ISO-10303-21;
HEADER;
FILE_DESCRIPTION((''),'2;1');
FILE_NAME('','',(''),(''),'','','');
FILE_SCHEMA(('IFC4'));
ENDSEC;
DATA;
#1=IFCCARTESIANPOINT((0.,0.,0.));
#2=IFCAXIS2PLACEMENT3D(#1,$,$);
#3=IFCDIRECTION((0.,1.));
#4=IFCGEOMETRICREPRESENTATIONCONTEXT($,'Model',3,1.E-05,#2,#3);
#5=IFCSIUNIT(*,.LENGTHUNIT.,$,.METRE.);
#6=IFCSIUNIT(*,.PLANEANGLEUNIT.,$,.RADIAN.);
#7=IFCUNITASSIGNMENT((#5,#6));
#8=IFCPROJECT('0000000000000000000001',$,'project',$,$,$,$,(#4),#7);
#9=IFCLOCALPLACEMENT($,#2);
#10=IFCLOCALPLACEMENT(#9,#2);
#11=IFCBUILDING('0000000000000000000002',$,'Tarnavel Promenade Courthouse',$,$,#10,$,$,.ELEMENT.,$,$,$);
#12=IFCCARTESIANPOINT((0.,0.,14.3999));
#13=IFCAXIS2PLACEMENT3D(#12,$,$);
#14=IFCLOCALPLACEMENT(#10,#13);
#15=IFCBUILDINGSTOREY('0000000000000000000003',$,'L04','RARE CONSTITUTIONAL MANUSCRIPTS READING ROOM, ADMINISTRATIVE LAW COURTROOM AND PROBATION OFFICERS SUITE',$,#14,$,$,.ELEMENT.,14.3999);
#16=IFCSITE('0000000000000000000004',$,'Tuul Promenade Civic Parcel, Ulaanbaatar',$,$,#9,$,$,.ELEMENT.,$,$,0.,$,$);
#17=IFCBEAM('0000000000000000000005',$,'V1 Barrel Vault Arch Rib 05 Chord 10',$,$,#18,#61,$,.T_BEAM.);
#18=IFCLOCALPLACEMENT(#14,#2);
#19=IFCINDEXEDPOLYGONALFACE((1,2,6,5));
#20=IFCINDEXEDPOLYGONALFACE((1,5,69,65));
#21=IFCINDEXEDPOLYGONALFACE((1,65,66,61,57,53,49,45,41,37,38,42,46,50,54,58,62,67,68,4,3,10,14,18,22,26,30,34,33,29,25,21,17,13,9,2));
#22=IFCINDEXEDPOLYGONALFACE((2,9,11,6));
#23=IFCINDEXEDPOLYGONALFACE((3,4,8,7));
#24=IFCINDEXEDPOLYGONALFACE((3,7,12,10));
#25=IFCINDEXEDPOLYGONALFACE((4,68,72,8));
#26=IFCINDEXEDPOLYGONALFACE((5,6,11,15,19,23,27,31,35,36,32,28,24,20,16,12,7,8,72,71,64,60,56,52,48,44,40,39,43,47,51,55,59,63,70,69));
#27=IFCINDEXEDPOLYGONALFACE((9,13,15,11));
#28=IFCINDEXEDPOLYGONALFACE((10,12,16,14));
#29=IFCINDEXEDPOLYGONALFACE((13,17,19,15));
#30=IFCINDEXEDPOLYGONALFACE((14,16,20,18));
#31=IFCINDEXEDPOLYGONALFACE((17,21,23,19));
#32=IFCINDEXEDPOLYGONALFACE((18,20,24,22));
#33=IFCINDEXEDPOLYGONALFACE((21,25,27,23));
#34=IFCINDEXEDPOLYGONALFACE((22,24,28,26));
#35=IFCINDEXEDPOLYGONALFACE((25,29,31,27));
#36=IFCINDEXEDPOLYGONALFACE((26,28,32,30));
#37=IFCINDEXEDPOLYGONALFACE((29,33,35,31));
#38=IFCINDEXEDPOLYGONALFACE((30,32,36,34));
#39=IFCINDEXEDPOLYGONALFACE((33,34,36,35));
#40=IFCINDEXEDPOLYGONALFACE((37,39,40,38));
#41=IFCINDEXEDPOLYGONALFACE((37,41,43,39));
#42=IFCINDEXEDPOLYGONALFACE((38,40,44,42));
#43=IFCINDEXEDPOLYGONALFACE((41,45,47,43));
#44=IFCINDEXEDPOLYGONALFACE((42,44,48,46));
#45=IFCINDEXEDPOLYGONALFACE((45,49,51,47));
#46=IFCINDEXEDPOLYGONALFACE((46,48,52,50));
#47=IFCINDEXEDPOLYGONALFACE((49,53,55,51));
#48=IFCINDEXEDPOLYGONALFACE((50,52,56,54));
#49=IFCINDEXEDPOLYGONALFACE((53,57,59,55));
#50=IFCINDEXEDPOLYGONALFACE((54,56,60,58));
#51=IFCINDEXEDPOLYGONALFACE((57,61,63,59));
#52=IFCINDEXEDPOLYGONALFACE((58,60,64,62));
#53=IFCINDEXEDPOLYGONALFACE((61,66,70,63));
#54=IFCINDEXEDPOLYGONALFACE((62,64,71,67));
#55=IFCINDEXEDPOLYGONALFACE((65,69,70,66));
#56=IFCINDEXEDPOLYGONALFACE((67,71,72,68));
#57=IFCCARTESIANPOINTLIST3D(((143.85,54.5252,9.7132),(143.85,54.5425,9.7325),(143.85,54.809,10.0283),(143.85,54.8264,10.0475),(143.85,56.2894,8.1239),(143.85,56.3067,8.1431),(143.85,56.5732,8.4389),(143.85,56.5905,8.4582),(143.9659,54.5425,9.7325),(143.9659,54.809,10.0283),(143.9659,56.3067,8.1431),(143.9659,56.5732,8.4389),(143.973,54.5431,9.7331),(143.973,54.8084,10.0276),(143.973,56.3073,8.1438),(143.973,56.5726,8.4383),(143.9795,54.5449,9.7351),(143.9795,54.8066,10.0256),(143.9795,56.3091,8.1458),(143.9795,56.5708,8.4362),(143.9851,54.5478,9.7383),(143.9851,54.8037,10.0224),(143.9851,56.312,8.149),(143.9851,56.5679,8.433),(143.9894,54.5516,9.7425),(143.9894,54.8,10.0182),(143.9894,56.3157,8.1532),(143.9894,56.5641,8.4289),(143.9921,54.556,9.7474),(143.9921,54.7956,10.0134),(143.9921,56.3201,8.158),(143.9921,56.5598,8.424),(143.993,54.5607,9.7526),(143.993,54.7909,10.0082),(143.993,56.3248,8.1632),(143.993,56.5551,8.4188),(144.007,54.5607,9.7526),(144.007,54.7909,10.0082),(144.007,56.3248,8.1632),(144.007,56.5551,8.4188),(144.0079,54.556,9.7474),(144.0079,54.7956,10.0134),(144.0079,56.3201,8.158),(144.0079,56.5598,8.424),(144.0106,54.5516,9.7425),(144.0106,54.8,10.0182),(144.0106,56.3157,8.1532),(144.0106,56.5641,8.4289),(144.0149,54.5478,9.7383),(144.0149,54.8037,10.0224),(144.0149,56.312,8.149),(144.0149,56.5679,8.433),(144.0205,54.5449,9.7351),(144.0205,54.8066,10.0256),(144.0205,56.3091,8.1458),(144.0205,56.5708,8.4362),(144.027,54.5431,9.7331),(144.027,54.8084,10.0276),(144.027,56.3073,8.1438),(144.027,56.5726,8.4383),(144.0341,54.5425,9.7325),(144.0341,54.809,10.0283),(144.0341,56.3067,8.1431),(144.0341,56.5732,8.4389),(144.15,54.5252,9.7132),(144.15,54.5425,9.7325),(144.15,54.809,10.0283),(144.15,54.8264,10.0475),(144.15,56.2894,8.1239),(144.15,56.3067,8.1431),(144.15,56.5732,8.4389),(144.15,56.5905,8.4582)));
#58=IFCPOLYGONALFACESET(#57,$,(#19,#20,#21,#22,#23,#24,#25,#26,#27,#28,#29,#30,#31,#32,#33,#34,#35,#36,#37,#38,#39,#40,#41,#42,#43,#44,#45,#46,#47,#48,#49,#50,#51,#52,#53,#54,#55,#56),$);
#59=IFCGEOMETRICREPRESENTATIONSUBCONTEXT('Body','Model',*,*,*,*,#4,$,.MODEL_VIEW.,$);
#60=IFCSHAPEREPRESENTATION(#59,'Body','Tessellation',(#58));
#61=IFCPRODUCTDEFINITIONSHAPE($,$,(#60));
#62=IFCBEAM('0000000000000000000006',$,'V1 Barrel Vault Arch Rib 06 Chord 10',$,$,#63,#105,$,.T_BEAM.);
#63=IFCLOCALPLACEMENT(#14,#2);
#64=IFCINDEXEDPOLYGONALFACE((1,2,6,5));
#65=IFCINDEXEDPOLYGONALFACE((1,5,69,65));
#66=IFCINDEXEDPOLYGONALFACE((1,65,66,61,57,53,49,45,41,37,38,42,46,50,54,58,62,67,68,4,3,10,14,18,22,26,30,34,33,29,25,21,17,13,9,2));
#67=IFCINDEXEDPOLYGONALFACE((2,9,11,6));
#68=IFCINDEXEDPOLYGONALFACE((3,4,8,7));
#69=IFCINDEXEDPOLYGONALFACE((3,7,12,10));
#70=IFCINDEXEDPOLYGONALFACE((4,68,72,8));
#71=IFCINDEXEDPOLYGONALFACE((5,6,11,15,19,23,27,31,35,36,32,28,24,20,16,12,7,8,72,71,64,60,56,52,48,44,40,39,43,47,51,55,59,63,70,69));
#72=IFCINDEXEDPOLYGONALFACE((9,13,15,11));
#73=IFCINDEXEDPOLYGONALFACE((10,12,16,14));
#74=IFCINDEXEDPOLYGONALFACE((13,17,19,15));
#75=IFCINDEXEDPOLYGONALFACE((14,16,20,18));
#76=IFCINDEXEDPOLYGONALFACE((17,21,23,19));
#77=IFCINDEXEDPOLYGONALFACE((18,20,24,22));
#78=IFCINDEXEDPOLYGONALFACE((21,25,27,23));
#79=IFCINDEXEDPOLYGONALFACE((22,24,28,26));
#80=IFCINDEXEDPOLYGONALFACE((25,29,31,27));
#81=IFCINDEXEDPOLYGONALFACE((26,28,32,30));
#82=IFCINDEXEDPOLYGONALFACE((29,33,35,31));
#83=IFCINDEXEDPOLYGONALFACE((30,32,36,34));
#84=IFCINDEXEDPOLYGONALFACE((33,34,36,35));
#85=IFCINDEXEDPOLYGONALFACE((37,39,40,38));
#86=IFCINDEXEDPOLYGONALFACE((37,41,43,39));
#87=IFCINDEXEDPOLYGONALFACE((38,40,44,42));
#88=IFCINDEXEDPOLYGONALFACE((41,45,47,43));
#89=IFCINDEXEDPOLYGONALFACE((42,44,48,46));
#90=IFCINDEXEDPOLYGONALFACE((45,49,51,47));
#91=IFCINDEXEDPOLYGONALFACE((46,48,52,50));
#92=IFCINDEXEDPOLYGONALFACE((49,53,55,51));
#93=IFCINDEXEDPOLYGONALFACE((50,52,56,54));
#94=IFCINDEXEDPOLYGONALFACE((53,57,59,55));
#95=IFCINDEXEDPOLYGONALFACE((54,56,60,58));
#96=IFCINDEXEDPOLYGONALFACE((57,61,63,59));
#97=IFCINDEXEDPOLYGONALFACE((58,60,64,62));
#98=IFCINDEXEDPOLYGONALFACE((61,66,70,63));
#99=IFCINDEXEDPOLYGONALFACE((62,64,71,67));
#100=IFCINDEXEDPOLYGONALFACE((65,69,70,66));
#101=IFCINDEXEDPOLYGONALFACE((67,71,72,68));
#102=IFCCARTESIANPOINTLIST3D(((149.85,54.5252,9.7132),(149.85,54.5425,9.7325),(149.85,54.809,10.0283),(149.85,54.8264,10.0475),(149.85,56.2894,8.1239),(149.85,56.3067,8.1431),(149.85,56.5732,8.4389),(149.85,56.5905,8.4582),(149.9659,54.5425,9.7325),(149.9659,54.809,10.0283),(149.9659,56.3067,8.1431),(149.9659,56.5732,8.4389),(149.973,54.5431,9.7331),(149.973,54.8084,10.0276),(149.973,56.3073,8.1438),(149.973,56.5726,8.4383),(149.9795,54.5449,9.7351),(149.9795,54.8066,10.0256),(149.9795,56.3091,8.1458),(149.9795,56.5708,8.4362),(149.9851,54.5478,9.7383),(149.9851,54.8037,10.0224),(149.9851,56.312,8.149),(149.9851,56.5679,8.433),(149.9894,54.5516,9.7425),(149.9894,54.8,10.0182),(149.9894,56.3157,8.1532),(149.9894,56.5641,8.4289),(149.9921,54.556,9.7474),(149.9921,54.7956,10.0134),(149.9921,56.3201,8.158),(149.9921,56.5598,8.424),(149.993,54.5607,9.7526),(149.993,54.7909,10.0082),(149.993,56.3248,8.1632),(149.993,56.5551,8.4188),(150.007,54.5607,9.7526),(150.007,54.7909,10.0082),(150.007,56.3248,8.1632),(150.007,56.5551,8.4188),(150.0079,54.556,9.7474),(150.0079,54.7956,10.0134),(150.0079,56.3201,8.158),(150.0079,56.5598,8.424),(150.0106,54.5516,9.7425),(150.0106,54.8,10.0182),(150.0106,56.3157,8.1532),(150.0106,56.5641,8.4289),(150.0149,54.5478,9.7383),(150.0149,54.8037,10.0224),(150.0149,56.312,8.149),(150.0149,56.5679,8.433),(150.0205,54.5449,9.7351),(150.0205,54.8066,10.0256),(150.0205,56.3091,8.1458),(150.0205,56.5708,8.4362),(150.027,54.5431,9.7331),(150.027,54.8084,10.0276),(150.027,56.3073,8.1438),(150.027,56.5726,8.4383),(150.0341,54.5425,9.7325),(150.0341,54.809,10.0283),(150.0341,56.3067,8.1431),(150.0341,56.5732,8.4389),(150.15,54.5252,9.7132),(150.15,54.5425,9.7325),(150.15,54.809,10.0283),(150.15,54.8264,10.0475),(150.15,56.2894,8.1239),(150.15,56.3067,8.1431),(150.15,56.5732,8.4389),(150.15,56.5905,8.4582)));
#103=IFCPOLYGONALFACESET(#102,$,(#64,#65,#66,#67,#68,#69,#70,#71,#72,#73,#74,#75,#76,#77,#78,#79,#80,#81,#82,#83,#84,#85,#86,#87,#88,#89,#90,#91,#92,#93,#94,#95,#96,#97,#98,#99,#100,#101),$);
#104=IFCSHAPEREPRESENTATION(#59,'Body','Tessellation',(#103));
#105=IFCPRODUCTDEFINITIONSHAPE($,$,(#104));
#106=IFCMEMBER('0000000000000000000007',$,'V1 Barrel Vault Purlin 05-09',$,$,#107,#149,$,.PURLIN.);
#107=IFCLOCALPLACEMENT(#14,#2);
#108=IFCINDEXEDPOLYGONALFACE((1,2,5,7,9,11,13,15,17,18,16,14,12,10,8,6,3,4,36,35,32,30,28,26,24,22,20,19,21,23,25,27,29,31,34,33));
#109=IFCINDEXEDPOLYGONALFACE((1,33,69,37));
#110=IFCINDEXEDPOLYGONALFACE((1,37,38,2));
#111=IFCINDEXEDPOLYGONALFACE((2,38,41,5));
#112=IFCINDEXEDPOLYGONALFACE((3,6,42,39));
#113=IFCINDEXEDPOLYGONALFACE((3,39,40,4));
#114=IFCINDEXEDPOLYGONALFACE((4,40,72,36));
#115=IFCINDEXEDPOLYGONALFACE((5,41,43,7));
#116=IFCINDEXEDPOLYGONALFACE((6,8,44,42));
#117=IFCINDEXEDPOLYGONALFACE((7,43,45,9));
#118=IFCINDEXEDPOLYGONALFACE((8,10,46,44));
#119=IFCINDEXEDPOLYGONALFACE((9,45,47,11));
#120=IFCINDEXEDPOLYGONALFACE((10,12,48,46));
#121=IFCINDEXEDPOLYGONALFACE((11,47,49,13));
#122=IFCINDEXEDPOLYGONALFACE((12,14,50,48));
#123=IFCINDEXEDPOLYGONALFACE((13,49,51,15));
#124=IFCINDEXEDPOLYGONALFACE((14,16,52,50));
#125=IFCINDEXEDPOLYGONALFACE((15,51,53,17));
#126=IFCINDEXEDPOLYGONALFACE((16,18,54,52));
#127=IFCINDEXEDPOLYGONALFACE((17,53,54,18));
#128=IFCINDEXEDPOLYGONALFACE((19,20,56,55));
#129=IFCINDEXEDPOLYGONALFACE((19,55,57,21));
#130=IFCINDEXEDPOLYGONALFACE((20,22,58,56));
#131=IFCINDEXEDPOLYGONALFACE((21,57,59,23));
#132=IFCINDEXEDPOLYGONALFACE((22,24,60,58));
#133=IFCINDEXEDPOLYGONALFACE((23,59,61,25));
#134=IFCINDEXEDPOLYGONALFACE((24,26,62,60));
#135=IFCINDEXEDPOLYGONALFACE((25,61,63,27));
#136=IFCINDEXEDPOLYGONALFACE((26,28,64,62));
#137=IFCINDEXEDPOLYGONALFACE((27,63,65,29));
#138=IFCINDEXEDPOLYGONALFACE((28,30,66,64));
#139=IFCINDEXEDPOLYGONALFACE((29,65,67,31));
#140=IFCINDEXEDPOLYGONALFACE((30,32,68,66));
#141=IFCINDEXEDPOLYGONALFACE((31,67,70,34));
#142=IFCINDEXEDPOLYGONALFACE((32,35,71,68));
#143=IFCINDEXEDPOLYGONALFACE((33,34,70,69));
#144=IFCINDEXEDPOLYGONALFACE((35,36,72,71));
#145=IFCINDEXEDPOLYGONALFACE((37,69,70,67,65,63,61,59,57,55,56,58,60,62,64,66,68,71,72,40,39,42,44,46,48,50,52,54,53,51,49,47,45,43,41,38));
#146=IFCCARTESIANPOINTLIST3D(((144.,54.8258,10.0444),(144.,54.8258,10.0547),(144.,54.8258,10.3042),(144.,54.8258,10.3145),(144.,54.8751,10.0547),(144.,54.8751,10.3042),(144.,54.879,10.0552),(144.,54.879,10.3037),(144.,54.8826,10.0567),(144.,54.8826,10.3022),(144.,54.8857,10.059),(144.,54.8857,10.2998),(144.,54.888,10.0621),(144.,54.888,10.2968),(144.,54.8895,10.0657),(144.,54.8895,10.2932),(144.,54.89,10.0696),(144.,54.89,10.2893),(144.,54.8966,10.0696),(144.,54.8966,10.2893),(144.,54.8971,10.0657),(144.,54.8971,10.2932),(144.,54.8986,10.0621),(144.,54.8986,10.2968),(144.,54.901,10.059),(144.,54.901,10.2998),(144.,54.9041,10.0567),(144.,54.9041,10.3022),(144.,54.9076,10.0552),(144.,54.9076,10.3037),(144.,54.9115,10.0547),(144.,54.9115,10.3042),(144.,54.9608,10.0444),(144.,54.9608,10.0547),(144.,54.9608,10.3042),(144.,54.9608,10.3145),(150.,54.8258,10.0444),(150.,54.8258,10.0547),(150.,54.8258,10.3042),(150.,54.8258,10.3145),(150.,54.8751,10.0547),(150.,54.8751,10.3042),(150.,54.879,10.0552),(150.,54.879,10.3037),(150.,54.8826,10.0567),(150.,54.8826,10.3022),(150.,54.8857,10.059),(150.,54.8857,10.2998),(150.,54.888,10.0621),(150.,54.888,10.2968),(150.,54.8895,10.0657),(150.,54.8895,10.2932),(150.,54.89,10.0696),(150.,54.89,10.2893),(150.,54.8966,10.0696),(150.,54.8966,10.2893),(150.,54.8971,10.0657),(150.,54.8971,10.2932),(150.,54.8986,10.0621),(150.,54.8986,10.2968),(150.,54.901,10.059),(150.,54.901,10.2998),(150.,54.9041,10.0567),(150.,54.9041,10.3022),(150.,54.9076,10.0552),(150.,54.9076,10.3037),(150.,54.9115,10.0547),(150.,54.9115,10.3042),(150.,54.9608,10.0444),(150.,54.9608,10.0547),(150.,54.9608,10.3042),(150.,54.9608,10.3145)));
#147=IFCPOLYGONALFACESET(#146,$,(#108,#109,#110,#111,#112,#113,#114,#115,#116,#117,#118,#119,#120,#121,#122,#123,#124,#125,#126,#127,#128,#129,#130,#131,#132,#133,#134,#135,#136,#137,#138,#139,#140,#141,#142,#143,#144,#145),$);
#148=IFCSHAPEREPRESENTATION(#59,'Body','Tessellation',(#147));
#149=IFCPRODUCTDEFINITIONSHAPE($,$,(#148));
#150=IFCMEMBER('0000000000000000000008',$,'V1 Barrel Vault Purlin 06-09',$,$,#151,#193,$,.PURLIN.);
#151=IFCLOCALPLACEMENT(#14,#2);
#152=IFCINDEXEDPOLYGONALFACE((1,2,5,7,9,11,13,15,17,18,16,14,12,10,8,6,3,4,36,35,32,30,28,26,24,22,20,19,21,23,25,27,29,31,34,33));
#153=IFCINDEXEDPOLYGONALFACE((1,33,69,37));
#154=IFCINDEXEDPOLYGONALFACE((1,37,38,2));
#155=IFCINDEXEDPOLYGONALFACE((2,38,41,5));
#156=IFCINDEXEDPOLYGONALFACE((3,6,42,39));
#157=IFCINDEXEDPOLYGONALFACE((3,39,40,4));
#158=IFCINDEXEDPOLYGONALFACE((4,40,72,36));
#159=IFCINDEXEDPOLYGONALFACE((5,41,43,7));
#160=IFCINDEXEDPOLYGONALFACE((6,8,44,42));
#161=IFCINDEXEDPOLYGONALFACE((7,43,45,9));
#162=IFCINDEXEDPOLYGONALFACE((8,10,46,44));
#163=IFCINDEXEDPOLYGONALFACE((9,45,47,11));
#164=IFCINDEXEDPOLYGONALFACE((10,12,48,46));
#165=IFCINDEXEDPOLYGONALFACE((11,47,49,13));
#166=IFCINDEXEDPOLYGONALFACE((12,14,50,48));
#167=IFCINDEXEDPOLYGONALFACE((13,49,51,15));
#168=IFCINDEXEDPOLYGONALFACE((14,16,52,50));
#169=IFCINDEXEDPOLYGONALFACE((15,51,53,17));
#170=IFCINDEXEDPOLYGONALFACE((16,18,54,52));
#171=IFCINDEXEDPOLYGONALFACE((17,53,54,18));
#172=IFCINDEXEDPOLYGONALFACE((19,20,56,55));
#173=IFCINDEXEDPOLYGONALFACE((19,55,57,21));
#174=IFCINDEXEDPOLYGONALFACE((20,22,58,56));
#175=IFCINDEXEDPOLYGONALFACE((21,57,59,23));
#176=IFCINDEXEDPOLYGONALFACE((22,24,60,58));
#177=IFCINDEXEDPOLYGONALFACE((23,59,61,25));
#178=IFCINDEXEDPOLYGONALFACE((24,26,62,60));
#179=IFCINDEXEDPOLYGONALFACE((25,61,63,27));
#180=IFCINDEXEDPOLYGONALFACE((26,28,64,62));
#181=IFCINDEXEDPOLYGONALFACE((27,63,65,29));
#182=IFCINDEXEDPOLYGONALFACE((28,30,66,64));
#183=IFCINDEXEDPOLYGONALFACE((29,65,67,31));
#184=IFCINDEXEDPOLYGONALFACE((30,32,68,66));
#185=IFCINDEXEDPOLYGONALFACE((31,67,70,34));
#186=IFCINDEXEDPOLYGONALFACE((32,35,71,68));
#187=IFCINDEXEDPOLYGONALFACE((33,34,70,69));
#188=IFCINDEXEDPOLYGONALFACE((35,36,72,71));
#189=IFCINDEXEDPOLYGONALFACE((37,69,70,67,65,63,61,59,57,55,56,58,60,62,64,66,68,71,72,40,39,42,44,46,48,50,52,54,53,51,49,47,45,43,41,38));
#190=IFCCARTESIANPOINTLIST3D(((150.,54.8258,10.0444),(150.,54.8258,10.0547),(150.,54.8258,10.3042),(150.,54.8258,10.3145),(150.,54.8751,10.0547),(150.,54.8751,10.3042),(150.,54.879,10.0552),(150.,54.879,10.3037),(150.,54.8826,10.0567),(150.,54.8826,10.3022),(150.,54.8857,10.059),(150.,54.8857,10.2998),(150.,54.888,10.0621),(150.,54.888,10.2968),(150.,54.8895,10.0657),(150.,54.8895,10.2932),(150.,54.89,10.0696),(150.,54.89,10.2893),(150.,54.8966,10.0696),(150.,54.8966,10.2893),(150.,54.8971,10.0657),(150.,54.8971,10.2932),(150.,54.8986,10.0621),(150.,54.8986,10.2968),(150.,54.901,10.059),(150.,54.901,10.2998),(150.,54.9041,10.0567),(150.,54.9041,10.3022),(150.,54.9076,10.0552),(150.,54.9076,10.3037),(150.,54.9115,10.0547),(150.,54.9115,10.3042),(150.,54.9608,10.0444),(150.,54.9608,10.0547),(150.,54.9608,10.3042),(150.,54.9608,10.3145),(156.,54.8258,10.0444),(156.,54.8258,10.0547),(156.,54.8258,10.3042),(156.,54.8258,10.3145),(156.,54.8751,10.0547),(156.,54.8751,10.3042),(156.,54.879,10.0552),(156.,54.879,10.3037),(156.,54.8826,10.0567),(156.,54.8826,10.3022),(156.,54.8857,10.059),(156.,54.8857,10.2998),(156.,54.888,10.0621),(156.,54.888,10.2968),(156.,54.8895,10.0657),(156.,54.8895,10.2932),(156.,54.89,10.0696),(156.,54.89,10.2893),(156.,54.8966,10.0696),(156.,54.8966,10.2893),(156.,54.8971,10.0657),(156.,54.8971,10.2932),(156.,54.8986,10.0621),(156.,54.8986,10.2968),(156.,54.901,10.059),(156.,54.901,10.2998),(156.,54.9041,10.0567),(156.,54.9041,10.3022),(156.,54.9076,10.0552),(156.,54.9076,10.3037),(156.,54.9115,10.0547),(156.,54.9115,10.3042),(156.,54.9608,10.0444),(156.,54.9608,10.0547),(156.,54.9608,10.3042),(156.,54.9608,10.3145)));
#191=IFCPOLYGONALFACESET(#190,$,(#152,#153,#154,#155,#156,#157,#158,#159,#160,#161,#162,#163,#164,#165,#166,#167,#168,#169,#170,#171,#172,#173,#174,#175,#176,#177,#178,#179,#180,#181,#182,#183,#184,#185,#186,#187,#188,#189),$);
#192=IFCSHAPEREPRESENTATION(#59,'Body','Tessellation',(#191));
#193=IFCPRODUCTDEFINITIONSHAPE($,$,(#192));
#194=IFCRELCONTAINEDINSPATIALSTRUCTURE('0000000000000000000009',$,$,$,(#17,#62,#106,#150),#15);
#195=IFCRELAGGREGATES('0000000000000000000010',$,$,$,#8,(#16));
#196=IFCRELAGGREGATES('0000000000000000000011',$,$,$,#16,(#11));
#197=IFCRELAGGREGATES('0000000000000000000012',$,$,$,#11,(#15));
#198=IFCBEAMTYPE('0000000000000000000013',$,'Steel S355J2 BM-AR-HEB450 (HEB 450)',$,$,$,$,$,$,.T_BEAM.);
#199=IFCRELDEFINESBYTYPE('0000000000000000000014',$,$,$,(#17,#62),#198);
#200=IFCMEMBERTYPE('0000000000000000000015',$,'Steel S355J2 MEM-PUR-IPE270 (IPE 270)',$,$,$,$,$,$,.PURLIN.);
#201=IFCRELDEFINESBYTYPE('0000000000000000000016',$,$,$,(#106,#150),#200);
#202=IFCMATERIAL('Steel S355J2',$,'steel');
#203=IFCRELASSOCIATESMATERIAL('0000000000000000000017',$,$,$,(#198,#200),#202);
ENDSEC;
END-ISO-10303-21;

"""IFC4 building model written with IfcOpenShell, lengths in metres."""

from ifc_helpers import new_model, si_unit, direction, frame, origin, origin_2d, place, context, subcontext, project, spatial, i_section, extrude, material, material_profile, profile_set, type_object, element, save


model = new_model("IFC4")

# Units and contexts
model_context = context("Model", 3, precision=1e-05, world=origin(), true_north=direction((0.0, 1.0)))
body_context = subcontext(model_context, "Body", "Model", "MODEL_VIEW")
ifc_project = project(units=[si_unit("LENGTHUNIT", "METRE"), si_unit("PLANEANGLEUNIT", "RADIAN")], contexts=[model_context])

# Site, building, storey
site_placement = place(None, origin())
site = spatial("IfcSite", under=ifc_project, at=site_placement, Name="Tuul Promenade Civic Parcel, Ulaanbaatar", CompositionType="ELEMENT", RefElevation=0.0)
building_placement = place(site_placement, origin())
building = spatial("IfcBuilding", under=site, at=building_placement, Name="Tarnavel Promenade Courthouse", CompositionType="ELEMENT")
storey_placement = place(building_placement, frame((0.0, 0.0, 14.3999)))
storey = spatial("IfcBuildingStorey", under=building, at=storey_placement, Name="L04", Description="RARE CONSTITUTIONAL MANUSCRIPTS READING ROOM, ADMINISTRATIVE LAW COURTROOM AND PROBATION OFFICERS SUITE", CompositionType="ELEMENT", Elevation=14.3999)

# Beams
ifc_material = material(Name="Steel S355J2", Category="steel")
ifc_material_profile_1 = material_profile(ifc_material, i_section(OverallWidth=0.3, OverallDepth=0.45, WebThickness=0.0139, FlangeThickness=0.0259, FilletRadius=0.0271, at=origin_2d()), Name="HEB 450")
ifc_profile_set_1 = profile_set([ifc_material_profile_1], Name="Steel S355J2")
beam_type = type_object("IfcBeamType", Name="Steel S355J2 BM-AR-HEB450 (HEB 450)", PredefinedType="T_BEAM", material=ifc_profile_set_1)
for number, where, z_axis, x_axis, name in (
    (1, (144.0, 54.6758, 9.8804), (0.0, 0.742957, -0.66934), (-1.0, 0.0, 0.0), "V1 Barrel Vault Arch Rib 05 Chord 10"),
    (2, (150.0, 54.6758, 9.8804), (0.0, 0.742957, -0.66934), (-1.0, 0.0, 0.0), "V1 Barrel Vault Arch Rib 06 Chord 10"),
):
    element("IfcBeam", number, at=place(storey_placement, frame(where, z_axis=z_axis, x_axis=x_axis)), inside=storey, type_object=beam_type, Name=name, PredefinedType="T_BEAM", context=body_context, shape_type="SweptSolid", body=[
        extrude(i_section(OverallWidth=0.3, OverallDepth=0.45, WebThickness=0.0139, FlangeThickness=0.0259, FilletRadius=0.0271, at=origin_2d()), origin(), (0.0, 0.0, 1.0), 2.3745),
    ])

# Members
ifc_material_profile_2 = material_profile(ifc_material, i_section(OverallWidth=0.135, OverallDepth=0.27, WebThickness=0.0066, FlangeThickness=0.0103, FilletRadius=0.0149, at=origin_2d()), Name="IPE 270")
ifc_profile_set_2 = profile_set([ifc_material_profile_2], Name="Steel S355J2")
member_type_1 = type_object("IfcMemberType", Name="Steel S355J2 MEM-PUR-IPE270 (IPE 270)", PredefinedType="PURLIN", material=ifc_profile_set_2)
for number, where, z_axis, x_axis, name in (
    (3, (144.0, 54.8933, 10.1794), (1.0, 0.0, 0.0), (0.0, 1.0, 0.0), "V1 Barrel Vault Purlin 05-09"),
    (4, (150.0, 54.8933, 10.1794), (1.0, 0.0, 0.0), (0.0, 1.0, 0.0), "V1 Barrel Vault Purlin 06-09"),
):
    element("IfcMember", number, at=place(storey_placement, frame(where, z_axis=z_axis, x_axis=x_axis)), inside=storey, type_object=member_type_1, Name=name, PredefinedType="PURLIN", context=body_context, shape_type="SweptSolid", body=[
        extrude(i_section(OverallWidth=0.135, OverallDepth=0.27, WebThickness=0.0066, FlangeThickness=0.0103, FilletRadius=0.0149, at=origin_2d()), origin(), (0.0, 0.0, 1.0), 6.0),
    ])

save(model, "model.ifc")
